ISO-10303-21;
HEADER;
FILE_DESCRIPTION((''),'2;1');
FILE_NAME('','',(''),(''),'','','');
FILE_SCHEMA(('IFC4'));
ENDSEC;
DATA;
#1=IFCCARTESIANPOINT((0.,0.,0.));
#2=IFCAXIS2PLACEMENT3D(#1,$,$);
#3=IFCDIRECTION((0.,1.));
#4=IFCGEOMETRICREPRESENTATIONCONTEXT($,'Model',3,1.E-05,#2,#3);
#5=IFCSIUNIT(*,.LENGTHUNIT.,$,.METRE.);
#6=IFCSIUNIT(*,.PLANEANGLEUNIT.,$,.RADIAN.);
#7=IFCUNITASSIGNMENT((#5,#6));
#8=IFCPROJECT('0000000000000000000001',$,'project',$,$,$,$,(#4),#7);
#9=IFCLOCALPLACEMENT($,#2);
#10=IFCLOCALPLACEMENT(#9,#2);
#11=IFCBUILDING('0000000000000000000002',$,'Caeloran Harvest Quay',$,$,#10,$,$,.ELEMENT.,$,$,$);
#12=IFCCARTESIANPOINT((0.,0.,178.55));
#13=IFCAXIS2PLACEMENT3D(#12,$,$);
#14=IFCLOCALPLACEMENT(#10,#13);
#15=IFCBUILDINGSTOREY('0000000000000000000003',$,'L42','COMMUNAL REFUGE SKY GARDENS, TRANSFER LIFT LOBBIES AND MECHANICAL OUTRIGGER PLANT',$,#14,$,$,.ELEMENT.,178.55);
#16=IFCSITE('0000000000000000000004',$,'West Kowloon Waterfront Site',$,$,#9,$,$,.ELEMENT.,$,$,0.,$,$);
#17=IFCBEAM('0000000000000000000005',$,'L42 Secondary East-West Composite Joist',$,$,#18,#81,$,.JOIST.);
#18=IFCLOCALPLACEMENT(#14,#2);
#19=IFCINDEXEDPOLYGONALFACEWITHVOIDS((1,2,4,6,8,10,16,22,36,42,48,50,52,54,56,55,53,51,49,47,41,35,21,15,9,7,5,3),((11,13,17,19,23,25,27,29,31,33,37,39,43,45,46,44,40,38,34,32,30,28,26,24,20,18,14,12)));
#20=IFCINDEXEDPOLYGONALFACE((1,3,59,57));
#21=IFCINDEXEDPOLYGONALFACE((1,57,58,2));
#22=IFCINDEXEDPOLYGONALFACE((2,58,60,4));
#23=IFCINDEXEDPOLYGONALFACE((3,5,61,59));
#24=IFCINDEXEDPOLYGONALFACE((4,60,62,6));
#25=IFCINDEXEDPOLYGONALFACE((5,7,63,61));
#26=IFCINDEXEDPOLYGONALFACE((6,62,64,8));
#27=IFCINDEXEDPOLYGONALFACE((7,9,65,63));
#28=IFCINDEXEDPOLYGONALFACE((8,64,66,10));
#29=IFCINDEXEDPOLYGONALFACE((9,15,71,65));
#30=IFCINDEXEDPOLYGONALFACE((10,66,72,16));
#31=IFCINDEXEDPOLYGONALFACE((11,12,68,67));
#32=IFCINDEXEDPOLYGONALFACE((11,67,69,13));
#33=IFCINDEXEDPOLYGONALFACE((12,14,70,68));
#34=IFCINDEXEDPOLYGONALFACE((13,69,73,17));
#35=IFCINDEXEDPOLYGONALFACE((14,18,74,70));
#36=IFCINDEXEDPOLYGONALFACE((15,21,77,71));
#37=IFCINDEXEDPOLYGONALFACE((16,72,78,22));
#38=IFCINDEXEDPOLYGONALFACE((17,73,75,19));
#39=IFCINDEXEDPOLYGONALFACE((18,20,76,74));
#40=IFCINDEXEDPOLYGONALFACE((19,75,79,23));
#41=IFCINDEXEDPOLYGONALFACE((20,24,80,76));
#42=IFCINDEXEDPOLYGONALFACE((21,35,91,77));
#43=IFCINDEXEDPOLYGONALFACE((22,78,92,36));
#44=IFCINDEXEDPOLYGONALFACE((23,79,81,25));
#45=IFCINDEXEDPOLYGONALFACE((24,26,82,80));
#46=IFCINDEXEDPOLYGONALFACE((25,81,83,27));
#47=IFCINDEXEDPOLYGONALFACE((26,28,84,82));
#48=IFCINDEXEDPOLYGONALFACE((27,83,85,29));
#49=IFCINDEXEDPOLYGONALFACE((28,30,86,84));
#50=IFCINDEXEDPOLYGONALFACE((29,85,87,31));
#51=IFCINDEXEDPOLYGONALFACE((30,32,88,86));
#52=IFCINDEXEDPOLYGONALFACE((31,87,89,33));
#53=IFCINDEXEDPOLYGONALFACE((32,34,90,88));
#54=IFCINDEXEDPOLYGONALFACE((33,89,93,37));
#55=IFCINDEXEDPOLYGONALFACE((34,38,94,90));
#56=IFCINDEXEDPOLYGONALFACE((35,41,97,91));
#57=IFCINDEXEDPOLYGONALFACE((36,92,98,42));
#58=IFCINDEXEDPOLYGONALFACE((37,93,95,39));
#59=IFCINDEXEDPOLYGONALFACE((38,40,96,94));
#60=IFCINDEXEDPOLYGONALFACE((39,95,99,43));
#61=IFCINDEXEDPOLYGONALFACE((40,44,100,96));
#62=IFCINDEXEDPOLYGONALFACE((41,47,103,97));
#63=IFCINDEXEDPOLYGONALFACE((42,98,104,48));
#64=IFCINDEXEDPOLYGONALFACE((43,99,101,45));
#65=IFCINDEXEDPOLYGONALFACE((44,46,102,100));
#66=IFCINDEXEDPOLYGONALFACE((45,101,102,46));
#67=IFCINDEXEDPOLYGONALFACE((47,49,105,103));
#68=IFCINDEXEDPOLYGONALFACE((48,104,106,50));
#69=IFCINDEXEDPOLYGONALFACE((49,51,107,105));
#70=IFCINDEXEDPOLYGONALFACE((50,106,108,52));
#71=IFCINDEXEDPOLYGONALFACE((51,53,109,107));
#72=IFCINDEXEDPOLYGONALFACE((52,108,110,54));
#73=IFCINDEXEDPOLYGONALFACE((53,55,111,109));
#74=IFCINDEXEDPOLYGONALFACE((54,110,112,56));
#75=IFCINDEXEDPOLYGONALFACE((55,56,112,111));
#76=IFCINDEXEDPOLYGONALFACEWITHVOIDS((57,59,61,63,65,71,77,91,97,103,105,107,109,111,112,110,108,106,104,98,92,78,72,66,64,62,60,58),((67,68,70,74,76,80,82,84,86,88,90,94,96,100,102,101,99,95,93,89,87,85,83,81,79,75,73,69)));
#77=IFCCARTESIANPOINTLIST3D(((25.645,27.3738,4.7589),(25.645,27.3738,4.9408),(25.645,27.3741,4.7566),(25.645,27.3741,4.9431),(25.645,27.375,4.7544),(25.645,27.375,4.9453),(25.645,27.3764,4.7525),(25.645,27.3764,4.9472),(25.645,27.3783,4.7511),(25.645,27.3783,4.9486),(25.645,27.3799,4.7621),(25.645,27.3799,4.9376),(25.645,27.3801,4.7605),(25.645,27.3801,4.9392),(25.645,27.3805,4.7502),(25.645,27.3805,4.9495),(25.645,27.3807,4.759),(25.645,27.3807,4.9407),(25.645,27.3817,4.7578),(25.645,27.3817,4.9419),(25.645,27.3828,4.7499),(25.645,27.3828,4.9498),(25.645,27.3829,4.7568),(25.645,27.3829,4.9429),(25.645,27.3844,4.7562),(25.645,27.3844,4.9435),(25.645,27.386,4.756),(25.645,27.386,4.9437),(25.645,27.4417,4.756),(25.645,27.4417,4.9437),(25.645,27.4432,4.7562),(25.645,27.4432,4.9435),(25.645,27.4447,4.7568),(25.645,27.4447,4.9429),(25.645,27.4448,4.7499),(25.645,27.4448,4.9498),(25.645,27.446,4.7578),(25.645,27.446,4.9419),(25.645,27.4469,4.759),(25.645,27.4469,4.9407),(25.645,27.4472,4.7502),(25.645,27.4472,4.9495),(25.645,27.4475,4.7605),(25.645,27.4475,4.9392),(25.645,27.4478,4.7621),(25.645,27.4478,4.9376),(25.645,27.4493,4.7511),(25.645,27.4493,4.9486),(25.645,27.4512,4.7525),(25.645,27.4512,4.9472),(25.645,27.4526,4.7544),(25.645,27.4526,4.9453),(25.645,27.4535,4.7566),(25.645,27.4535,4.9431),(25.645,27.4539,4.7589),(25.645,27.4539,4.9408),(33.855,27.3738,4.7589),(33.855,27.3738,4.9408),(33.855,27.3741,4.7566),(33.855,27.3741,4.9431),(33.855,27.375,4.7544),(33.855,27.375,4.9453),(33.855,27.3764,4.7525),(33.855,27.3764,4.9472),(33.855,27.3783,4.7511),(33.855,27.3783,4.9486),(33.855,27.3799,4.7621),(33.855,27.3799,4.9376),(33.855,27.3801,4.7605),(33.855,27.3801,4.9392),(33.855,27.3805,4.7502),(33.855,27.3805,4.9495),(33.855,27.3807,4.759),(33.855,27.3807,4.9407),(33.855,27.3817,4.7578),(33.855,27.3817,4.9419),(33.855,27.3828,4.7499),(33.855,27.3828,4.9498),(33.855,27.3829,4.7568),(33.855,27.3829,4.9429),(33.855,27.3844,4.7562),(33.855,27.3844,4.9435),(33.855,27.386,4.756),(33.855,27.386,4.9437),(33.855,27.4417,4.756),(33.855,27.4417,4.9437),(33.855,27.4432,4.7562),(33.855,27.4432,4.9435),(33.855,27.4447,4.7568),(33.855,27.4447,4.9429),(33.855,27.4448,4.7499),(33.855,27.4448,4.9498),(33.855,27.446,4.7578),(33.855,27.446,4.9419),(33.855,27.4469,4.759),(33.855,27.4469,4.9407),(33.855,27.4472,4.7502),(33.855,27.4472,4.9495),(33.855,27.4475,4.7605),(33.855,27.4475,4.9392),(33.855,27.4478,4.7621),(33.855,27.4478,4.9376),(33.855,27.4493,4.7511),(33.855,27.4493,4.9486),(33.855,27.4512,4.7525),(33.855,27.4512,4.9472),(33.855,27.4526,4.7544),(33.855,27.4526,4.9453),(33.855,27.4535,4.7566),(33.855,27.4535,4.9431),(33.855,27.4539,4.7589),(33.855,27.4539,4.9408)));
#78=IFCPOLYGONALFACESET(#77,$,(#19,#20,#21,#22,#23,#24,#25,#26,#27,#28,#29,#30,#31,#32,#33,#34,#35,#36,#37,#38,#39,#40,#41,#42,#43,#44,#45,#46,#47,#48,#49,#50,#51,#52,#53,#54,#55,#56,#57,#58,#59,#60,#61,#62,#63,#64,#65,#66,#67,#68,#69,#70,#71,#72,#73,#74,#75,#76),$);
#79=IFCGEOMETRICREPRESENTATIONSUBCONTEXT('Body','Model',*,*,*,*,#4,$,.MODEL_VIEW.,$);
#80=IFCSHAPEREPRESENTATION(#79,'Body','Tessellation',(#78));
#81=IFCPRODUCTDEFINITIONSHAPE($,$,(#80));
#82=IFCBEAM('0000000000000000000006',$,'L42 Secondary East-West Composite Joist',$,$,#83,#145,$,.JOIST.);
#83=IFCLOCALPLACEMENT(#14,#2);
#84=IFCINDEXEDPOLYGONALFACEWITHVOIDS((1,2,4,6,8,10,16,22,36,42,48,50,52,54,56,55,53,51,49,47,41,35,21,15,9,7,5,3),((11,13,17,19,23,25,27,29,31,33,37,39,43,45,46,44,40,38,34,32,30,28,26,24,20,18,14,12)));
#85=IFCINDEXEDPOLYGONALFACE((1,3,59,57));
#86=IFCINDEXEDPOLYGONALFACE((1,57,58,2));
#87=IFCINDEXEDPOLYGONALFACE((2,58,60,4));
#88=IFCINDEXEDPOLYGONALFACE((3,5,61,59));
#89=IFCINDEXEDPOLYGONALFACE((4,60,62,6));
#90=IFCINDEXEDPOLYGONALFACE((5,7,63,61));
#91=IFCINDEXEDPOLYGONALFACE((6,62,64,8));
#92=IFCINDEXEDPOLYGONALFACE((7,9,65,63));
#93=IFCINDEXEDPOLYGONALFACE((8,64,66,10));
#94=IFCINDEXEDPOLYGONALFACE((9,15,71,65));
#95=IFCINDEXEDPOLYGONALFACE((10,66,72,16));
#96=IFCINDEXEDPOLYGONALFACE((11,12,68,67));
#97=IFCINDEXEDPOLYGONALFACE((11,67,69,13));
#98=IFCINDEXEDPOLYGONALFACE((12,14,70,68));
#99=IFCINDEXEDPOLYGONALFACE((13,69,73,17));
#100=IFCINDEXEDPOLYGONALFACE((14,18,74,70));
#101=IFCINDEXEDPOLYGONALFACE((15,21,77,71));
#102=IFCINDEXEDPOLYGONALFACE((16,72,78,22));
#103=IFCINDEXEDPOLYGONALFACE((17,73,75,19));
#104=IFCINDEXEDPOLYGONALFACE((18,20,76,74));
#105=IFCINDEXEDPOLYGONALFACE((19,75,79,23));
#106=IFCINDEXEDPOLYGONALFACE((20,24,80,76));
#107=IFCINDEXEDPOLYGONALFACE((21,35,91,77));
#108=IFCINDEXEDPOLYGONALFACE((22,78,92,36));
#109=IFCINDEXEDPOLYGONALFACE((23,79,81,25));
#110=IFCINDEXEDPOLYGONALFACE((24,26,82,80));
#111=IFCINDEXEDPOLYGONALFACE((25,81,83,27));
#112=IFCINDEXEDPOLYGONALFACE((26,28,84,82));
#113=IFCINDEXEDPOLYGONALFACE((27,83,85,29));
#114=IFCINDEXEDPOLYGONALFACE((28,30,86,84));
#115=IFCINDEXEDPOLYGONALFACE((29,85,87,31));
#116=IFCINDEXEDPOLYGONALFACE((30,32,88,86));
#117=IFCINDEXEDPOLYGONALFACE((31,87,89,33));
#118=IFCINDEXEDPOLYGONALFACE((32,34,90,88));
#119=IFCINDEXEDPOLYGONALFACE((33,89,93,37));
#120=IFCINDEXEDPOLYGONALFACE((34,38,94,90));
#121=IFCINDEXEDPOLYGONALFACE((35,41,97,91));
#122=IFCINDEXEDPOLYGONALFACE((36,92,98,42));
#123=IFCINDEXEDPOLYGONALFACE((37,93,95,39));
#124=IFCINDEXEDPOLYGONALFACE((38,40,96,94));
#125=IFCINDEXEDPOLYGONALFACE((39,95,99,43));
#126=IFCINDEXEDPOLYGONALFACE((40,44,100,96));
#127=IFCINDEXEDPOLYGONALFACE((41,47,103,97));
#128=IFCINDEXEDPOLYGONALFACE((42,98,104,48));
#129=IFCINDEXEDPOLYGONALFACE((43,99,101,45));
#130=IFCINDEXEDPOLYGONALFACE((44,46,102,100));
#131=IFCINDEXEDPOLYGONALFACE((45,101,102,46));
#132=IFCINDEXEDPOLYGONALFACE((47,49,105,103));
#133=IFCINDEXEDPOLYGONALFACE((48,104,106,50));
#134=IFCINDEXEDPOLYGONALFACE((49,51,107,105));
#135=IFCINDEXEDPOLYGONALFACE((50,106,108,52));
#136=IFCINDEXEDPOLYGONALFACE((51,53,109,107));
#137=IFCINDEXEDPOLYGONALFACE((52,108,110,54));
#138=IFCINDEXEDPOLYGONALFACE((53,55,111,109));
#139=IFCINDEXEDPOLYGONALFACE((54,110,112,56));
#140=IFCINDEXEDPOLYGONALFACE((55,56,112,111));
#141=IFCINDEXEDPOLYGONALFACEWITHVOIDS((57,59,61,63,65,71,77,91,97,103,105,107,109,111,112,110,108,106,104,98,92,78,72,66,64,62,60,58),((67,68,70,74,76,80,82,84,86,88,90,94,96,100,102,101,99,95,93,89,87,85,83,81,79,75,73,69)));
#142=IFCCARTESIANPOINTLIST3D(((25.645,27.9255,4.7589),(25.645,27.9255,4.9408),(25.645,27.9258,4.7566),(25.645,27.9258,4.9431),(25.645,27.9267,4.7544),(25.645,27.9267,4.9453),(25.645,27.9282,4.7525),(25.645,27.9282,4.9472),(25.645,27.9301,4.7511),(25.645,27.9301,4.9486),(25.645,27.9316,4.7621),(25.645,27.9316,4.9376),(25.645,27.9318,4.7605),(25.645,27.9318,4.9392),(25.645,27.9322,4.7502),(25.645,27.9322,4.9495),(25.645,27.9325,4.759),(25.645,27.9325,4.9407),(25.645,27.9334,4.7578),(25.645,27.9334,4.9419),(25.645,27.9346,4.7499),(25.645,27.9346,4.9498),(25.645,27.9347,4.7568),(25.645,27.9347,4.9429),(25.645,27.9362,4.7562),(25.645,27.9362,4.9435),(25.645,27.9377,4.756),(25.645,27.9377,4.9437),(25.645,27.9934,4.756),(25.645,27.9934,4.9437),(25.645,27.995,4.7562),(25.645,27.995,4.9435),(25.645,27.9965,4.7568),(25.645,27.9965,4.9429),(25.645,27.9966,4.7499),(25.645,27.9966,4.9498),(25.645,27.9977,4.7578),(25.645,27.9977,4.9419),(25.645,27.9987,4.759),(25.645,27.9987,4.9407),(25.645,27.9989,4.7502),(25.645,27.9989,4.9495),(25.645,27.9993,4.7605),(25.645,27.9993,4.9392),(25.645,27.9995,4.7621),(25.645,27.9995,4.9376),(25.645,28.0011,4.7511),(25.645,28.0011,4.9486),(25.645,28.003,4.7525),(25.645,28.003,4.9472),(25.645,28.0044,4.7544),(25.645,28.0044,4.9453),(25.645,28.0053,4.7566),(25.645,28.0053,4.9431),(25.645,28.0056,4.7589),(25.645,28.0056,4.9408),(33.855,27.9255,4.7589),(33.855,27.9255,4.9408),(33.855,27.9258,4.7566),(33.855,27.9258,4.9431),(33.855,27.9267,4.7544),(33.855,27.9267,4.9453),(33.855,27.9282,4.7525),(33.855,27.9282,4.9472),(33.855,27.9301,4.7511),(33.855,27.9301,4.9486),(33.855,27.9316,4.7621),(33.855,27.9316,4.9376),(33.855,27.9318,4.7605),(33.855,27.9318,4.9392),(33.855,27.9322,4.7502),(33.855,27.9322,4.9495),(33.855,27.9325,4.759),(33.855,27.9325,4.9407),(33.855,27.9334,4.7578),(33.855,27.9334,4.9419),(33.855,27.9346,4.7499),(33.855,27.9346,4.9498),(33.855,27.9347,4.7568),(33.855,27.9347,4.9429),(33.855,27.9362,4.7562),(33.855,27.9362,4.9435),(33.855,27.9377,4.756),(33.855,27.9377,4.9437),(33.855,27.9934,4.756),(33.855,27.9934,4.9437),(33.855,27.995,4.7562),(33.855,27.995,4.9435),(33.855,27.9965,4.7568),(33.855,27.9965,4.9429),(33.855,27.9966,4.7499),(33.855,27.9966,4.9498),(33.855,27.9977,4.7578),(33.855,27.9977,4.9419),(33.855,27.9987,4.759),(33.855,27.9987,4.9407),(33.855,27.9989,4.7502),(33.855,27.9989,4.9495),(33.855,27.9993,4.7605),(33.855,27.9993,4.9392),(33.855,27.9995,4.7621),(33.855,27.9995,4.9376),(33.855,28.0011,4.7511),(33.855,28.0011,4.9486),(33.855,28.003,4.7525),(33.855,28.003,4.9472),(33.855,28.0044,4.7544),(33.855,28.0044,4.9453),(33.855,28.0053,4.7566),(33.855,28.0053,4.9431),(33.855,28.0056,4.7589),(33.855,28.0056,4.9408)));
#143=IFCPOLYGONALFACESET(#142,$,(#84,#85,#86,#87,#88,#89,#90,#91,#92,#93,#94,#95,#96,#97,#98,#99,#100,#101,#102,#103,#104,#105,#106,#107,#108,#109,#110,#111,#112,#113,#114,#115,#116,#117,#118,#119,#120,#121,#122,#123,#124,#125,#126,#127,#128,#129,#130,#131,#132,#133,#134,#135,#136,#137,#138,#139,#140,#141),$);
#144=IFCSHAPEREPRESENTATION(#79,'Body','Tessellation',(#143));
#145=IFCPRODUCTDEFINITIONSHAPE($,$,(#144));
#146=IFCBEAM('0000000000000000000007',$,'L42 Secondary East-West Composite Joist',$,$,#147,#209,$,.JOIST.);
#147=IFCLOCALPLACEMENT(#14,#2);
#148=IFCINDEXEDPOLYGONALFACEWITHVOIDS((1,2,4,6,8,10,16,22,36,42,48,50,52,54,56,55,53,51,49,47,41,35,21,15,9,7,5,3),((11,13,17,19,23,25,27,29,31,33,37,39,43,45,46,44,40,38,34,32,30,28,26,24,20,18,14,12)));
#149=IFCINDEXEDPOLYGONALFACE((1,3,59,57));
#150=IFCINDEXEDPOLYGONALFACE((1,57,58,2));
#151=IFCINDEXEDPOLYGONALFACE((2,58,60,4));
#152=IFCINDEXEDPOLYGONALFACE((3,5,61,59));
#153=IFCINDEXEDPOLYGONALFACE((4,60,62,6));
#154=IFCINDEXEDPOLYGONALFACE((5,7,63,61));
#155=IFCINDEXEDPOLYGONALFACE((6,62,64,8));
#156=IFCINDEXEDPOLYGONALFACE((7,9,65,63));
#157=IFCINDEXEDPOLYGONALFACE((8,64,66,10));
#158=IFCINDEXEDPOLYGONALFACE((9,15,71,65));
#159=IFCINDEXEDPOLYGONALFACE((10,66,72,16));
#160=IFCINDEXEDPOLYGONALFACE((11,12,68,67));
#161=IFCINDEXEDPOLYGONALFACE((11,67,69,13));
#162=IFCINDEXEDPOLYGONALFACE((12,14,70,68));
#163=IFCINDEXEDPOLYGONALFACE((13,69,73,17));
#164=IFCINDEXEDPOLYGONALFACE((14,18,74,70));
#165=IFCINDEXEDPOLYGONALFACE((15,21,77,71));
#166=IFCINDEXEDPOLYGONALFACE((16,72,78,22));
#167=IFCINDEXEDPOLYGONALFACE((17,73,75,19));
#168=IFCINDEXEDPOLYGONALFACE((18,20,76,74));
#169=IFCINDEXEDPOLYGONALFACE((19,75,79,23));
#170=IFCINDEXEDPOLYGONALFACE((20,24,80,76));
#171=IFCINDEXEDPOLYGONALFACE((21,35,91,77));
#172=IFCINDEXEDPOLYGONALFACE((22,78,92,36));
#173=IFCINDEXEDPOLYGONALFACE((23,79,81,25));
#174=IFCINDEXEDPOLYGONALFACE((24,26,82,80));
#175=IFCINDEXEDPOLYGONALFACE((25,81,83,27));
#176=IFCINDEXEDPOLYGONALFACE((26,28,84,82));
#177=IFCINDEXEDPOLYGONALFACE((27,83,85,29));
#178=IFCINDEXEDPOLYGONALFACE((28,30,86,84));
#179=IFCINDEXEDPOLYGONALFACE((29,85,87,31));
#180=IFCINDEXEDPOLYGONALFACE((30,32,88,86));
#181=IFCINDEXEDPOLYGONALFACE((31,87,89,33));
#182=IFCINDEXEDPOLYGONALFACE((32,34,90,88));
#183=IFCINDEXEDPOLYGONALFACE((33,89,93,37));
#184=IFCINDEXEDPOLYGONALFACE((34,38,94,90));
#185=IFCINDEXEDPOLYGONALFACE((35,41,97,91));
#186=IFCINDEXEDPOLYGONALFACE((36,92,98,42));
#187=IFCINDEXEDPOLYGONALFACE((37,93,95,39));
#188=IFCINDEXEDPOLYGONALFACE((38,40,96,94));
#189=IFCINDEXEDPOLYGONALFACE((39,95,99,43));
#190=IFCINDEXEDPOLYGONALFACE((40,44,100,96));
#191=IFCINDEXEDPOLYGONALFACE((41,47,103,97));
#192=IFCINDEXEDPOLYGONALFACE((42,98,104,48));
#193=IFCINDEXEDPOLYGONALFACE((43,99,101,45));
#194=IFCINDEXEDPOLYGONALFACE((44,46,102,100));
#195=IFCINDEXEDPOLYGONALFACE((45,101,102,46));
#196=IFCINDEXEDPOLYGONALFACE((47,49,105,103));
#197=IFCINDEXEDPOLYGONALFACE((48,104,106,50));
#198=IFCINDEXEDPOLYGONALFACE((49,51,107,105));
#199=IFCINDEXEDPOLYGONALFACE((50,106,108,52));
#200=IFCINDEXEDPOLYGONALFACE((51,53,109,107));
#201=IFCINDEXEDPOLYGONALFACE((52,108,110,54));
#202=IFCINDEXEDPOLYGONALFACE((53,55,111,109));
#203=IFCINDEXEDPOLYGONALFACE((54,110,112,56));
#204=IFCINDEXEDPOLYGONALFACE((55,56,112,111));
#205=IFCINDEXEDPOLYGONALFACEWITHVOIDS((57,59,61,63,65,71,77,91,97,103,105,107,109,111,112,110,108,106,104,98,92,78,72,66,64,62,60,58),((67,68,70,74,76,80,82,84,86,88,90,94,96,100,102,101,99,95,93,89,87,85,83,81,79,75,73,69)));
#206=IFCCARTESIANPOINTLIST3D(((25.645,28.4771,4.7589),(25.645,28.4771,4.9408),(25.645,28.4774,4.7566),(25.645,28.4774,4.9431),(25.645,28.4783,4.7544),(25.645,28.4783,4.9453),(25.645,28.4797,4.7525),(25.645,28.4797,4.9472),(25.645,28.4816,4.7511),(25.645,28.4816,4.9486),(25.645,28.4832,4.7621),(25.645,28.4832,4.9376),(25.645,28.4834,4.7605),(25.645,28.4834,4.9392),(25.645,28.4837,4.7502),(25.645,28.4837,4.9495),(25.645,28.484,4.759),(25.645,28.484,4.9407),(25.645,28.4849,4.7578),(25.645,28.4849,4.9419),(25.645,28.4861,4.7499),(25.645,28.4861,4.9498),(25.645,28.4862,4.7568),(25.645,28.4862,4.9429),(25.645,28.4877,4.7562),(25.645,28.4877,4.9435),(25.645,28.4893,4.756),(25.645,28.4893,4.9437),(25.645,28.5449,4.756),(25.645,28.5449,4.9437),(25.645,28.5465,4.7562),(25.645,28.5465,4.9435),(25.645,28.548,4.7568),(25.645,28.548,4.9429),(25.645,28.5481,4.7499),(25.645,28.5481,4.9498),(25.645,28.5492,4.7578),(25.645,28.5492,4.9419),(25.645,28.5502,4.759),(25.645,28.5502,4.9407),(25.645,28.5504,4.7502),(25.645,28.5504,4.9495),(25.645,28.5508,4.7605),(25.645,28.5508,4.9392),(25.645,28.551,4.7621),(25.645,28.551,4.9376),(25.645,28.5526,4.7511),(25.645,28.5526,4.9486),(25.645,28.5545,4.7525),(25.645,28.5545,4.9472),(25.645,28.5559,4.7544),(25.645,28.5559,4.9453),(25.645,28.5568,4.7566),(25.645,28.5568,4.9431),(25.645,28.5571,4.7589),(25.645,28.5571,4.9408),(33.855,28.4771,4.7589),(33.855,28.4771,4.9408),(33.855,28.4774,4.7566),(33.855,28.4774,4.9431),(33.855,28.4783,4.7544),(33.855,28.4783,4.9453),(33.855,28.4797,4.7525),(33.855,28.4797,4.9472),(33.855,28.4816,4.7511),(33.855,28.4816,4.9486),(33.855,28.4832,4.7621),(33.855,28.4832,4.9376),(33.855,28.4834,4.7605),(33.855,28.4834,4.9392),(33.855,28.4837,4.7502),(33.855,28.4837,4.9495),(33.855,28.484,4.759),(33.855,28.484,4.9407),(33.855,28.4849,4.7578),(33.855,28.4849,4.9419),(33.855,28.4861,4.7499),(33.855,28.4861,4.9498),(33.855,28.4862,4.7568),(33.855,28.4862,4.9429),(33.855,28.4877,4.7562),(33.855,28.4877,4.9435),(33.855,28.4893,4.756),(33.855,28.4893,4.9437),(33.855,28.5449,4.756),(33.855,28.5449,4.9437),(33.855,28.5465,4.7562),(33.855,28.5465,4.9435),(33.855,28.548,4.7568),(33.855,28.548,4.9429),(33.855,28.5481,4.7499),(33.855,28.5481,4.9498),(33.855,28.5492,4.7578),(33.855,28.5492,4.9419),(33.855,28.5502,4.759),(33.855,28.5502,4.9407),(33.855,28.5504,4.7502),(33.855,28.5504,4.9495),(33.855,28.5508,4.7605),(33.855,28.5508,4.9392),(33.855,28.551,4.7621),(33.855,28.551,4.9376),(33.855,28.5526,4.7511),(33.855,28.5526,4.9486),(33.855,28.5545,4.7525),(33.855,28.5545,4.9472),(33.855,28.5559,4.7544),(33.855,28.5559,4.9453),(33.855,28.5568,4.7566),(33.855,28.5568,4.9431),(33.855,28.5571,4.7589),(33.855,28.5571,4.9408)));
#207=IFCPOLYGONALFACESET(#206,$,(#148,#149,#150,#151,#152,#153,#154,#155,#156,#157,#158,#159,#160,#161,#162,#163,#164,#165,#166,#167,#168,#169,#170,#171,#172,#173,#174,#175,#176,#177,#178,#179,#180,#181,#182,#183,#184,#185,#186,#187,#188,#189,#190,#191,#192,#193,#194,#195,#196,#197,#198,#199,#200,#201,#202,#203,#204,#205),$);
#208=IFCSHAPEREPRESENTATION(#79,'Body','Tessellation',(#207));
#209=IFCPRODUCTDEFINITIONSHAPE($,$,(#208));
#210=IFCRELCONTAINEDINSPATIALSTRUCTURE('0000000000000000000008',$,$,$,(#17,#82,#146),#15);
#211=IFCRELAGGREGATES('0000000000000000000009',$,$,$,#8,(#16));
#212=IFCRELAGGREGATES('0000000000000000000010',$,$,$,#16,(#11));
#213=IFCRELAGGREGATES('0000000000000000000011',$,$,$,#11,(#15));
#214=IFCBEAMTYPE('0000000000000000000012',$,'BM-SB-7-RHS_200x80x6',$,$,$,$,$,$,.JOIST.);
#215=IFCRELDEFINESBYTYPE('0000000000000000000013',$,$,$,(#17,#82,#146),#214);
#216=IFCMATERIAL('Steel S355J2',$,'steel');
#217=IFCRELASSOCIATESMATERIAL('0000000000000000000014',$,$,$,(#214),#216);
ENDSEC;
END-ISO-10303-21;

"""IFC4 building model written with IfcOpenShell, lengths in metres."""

from ifc_helpers import new_model, si_unit, direction, frame, origin, origin_2d, place, context, subcontext, project, spatial, hollow_rectangle, extrude, material, material_profile, profile_set, type_object, element, save


model = new_model("IFC4")

# Units and contexts
model_context = context("Model", 3, precision=1e-05, world=origin(), true_north=direction((0.0, 1.0)))
body_context = subcontext(model_context, "Body", "Model", "MODEL_VIEW")
ifc_project = project(units=[si_unit("LENGTHUNIT", "METRE"), si_unit("PLANEANGLEUNIT", "RADIAN")], contexts=[model_context])

# Site, building, storey
site_placement = place(None, origin())
site = spatial("IfcSite", under=ifc_project, at=site_placement, Name="West Kowloon Waterfront Site", CompositionType="ELEMENT", RefElevation=0.0)
building_placement = place(site_placement, origin())
building = spatial("IfcBuilding", under=site, at=building_placement, Name="Caeloran Harvest Quay", CompositionType="ELEMENT")
storey_placement = place(building_placement, frame((0.0, 0.0, 178.55)))
storey = spatial("IfcBuildingStorey", under=building, at=storey_placement, Name="L42", Description="COMMUNAL REFUGE SKY GARDENS, TRANSFER LIFT LOBBIES AND MECHANICAL OUTRIGGER PLANT", CompositionType="ELEMENT", Elevation=178.55)

# Beams
ifc_material_1 = material(Name="Steel S355J2", Category="steel")
ifc_material_profile_1 = material_profile(ifc_material_1, hollow_rectangle(XDim=0.0801, YDim=0.2, WallThickness=0.0061, InnerFilletRadius=0.0061, OuterFilletRadius=0.009, at=origin_2d()), Name="RHS 200x80x6")
ifc_profile_set_1 = profile_set([ifc_material_profile_1], Name="Steel S355J2")
beam_type_1 = type_object("IfcBeamType", Name="BM-SB-7-RHS_200x80x6", PredefinedType="JOIST", material=ifc_profile_set_1)
for number, where, z_axis, x_axis, name in (
    (1, (25.645, 27.4138, 4.8499), (1.0, 0.0, 0.0), (0.0, 1.0, 0.0), "L42 Secondary East-West Composite Joist"),
    (2, (25.645, 27.9656, 4.8499), (1.0, 0.0, 0.0), (0.0, 1.0, 0.0), "L42 Secondary East-West Composite Joist"),
    (3, (25.645, 28.5171, 4.8499), (1.0, 0.0, 0.0), (0.0, 1.0, 0.0), "L42 Secondary East-West Composite Joist"),
):
    element("IfcBeam", number, at=place(storey_placement, frame(where, z_axis=z_axis, x_axis=x_axis)), inside=storey, type_object=beam_type_1, Name=name, PredefinedType="JOIST", context=body_context, shape_type="SweptSolid", body=[
        extrude(hollow_rectangle(XDim=0.0801, YDim=0.2, WallThickness=0.0061, InnerFilletRadius=0.0061, OuterFilletRadius=0.009, at=origin_2d()), origin(), (0.0, 0.0, 1.0), 8.21),
    ])

save(model, "model.ifc")
